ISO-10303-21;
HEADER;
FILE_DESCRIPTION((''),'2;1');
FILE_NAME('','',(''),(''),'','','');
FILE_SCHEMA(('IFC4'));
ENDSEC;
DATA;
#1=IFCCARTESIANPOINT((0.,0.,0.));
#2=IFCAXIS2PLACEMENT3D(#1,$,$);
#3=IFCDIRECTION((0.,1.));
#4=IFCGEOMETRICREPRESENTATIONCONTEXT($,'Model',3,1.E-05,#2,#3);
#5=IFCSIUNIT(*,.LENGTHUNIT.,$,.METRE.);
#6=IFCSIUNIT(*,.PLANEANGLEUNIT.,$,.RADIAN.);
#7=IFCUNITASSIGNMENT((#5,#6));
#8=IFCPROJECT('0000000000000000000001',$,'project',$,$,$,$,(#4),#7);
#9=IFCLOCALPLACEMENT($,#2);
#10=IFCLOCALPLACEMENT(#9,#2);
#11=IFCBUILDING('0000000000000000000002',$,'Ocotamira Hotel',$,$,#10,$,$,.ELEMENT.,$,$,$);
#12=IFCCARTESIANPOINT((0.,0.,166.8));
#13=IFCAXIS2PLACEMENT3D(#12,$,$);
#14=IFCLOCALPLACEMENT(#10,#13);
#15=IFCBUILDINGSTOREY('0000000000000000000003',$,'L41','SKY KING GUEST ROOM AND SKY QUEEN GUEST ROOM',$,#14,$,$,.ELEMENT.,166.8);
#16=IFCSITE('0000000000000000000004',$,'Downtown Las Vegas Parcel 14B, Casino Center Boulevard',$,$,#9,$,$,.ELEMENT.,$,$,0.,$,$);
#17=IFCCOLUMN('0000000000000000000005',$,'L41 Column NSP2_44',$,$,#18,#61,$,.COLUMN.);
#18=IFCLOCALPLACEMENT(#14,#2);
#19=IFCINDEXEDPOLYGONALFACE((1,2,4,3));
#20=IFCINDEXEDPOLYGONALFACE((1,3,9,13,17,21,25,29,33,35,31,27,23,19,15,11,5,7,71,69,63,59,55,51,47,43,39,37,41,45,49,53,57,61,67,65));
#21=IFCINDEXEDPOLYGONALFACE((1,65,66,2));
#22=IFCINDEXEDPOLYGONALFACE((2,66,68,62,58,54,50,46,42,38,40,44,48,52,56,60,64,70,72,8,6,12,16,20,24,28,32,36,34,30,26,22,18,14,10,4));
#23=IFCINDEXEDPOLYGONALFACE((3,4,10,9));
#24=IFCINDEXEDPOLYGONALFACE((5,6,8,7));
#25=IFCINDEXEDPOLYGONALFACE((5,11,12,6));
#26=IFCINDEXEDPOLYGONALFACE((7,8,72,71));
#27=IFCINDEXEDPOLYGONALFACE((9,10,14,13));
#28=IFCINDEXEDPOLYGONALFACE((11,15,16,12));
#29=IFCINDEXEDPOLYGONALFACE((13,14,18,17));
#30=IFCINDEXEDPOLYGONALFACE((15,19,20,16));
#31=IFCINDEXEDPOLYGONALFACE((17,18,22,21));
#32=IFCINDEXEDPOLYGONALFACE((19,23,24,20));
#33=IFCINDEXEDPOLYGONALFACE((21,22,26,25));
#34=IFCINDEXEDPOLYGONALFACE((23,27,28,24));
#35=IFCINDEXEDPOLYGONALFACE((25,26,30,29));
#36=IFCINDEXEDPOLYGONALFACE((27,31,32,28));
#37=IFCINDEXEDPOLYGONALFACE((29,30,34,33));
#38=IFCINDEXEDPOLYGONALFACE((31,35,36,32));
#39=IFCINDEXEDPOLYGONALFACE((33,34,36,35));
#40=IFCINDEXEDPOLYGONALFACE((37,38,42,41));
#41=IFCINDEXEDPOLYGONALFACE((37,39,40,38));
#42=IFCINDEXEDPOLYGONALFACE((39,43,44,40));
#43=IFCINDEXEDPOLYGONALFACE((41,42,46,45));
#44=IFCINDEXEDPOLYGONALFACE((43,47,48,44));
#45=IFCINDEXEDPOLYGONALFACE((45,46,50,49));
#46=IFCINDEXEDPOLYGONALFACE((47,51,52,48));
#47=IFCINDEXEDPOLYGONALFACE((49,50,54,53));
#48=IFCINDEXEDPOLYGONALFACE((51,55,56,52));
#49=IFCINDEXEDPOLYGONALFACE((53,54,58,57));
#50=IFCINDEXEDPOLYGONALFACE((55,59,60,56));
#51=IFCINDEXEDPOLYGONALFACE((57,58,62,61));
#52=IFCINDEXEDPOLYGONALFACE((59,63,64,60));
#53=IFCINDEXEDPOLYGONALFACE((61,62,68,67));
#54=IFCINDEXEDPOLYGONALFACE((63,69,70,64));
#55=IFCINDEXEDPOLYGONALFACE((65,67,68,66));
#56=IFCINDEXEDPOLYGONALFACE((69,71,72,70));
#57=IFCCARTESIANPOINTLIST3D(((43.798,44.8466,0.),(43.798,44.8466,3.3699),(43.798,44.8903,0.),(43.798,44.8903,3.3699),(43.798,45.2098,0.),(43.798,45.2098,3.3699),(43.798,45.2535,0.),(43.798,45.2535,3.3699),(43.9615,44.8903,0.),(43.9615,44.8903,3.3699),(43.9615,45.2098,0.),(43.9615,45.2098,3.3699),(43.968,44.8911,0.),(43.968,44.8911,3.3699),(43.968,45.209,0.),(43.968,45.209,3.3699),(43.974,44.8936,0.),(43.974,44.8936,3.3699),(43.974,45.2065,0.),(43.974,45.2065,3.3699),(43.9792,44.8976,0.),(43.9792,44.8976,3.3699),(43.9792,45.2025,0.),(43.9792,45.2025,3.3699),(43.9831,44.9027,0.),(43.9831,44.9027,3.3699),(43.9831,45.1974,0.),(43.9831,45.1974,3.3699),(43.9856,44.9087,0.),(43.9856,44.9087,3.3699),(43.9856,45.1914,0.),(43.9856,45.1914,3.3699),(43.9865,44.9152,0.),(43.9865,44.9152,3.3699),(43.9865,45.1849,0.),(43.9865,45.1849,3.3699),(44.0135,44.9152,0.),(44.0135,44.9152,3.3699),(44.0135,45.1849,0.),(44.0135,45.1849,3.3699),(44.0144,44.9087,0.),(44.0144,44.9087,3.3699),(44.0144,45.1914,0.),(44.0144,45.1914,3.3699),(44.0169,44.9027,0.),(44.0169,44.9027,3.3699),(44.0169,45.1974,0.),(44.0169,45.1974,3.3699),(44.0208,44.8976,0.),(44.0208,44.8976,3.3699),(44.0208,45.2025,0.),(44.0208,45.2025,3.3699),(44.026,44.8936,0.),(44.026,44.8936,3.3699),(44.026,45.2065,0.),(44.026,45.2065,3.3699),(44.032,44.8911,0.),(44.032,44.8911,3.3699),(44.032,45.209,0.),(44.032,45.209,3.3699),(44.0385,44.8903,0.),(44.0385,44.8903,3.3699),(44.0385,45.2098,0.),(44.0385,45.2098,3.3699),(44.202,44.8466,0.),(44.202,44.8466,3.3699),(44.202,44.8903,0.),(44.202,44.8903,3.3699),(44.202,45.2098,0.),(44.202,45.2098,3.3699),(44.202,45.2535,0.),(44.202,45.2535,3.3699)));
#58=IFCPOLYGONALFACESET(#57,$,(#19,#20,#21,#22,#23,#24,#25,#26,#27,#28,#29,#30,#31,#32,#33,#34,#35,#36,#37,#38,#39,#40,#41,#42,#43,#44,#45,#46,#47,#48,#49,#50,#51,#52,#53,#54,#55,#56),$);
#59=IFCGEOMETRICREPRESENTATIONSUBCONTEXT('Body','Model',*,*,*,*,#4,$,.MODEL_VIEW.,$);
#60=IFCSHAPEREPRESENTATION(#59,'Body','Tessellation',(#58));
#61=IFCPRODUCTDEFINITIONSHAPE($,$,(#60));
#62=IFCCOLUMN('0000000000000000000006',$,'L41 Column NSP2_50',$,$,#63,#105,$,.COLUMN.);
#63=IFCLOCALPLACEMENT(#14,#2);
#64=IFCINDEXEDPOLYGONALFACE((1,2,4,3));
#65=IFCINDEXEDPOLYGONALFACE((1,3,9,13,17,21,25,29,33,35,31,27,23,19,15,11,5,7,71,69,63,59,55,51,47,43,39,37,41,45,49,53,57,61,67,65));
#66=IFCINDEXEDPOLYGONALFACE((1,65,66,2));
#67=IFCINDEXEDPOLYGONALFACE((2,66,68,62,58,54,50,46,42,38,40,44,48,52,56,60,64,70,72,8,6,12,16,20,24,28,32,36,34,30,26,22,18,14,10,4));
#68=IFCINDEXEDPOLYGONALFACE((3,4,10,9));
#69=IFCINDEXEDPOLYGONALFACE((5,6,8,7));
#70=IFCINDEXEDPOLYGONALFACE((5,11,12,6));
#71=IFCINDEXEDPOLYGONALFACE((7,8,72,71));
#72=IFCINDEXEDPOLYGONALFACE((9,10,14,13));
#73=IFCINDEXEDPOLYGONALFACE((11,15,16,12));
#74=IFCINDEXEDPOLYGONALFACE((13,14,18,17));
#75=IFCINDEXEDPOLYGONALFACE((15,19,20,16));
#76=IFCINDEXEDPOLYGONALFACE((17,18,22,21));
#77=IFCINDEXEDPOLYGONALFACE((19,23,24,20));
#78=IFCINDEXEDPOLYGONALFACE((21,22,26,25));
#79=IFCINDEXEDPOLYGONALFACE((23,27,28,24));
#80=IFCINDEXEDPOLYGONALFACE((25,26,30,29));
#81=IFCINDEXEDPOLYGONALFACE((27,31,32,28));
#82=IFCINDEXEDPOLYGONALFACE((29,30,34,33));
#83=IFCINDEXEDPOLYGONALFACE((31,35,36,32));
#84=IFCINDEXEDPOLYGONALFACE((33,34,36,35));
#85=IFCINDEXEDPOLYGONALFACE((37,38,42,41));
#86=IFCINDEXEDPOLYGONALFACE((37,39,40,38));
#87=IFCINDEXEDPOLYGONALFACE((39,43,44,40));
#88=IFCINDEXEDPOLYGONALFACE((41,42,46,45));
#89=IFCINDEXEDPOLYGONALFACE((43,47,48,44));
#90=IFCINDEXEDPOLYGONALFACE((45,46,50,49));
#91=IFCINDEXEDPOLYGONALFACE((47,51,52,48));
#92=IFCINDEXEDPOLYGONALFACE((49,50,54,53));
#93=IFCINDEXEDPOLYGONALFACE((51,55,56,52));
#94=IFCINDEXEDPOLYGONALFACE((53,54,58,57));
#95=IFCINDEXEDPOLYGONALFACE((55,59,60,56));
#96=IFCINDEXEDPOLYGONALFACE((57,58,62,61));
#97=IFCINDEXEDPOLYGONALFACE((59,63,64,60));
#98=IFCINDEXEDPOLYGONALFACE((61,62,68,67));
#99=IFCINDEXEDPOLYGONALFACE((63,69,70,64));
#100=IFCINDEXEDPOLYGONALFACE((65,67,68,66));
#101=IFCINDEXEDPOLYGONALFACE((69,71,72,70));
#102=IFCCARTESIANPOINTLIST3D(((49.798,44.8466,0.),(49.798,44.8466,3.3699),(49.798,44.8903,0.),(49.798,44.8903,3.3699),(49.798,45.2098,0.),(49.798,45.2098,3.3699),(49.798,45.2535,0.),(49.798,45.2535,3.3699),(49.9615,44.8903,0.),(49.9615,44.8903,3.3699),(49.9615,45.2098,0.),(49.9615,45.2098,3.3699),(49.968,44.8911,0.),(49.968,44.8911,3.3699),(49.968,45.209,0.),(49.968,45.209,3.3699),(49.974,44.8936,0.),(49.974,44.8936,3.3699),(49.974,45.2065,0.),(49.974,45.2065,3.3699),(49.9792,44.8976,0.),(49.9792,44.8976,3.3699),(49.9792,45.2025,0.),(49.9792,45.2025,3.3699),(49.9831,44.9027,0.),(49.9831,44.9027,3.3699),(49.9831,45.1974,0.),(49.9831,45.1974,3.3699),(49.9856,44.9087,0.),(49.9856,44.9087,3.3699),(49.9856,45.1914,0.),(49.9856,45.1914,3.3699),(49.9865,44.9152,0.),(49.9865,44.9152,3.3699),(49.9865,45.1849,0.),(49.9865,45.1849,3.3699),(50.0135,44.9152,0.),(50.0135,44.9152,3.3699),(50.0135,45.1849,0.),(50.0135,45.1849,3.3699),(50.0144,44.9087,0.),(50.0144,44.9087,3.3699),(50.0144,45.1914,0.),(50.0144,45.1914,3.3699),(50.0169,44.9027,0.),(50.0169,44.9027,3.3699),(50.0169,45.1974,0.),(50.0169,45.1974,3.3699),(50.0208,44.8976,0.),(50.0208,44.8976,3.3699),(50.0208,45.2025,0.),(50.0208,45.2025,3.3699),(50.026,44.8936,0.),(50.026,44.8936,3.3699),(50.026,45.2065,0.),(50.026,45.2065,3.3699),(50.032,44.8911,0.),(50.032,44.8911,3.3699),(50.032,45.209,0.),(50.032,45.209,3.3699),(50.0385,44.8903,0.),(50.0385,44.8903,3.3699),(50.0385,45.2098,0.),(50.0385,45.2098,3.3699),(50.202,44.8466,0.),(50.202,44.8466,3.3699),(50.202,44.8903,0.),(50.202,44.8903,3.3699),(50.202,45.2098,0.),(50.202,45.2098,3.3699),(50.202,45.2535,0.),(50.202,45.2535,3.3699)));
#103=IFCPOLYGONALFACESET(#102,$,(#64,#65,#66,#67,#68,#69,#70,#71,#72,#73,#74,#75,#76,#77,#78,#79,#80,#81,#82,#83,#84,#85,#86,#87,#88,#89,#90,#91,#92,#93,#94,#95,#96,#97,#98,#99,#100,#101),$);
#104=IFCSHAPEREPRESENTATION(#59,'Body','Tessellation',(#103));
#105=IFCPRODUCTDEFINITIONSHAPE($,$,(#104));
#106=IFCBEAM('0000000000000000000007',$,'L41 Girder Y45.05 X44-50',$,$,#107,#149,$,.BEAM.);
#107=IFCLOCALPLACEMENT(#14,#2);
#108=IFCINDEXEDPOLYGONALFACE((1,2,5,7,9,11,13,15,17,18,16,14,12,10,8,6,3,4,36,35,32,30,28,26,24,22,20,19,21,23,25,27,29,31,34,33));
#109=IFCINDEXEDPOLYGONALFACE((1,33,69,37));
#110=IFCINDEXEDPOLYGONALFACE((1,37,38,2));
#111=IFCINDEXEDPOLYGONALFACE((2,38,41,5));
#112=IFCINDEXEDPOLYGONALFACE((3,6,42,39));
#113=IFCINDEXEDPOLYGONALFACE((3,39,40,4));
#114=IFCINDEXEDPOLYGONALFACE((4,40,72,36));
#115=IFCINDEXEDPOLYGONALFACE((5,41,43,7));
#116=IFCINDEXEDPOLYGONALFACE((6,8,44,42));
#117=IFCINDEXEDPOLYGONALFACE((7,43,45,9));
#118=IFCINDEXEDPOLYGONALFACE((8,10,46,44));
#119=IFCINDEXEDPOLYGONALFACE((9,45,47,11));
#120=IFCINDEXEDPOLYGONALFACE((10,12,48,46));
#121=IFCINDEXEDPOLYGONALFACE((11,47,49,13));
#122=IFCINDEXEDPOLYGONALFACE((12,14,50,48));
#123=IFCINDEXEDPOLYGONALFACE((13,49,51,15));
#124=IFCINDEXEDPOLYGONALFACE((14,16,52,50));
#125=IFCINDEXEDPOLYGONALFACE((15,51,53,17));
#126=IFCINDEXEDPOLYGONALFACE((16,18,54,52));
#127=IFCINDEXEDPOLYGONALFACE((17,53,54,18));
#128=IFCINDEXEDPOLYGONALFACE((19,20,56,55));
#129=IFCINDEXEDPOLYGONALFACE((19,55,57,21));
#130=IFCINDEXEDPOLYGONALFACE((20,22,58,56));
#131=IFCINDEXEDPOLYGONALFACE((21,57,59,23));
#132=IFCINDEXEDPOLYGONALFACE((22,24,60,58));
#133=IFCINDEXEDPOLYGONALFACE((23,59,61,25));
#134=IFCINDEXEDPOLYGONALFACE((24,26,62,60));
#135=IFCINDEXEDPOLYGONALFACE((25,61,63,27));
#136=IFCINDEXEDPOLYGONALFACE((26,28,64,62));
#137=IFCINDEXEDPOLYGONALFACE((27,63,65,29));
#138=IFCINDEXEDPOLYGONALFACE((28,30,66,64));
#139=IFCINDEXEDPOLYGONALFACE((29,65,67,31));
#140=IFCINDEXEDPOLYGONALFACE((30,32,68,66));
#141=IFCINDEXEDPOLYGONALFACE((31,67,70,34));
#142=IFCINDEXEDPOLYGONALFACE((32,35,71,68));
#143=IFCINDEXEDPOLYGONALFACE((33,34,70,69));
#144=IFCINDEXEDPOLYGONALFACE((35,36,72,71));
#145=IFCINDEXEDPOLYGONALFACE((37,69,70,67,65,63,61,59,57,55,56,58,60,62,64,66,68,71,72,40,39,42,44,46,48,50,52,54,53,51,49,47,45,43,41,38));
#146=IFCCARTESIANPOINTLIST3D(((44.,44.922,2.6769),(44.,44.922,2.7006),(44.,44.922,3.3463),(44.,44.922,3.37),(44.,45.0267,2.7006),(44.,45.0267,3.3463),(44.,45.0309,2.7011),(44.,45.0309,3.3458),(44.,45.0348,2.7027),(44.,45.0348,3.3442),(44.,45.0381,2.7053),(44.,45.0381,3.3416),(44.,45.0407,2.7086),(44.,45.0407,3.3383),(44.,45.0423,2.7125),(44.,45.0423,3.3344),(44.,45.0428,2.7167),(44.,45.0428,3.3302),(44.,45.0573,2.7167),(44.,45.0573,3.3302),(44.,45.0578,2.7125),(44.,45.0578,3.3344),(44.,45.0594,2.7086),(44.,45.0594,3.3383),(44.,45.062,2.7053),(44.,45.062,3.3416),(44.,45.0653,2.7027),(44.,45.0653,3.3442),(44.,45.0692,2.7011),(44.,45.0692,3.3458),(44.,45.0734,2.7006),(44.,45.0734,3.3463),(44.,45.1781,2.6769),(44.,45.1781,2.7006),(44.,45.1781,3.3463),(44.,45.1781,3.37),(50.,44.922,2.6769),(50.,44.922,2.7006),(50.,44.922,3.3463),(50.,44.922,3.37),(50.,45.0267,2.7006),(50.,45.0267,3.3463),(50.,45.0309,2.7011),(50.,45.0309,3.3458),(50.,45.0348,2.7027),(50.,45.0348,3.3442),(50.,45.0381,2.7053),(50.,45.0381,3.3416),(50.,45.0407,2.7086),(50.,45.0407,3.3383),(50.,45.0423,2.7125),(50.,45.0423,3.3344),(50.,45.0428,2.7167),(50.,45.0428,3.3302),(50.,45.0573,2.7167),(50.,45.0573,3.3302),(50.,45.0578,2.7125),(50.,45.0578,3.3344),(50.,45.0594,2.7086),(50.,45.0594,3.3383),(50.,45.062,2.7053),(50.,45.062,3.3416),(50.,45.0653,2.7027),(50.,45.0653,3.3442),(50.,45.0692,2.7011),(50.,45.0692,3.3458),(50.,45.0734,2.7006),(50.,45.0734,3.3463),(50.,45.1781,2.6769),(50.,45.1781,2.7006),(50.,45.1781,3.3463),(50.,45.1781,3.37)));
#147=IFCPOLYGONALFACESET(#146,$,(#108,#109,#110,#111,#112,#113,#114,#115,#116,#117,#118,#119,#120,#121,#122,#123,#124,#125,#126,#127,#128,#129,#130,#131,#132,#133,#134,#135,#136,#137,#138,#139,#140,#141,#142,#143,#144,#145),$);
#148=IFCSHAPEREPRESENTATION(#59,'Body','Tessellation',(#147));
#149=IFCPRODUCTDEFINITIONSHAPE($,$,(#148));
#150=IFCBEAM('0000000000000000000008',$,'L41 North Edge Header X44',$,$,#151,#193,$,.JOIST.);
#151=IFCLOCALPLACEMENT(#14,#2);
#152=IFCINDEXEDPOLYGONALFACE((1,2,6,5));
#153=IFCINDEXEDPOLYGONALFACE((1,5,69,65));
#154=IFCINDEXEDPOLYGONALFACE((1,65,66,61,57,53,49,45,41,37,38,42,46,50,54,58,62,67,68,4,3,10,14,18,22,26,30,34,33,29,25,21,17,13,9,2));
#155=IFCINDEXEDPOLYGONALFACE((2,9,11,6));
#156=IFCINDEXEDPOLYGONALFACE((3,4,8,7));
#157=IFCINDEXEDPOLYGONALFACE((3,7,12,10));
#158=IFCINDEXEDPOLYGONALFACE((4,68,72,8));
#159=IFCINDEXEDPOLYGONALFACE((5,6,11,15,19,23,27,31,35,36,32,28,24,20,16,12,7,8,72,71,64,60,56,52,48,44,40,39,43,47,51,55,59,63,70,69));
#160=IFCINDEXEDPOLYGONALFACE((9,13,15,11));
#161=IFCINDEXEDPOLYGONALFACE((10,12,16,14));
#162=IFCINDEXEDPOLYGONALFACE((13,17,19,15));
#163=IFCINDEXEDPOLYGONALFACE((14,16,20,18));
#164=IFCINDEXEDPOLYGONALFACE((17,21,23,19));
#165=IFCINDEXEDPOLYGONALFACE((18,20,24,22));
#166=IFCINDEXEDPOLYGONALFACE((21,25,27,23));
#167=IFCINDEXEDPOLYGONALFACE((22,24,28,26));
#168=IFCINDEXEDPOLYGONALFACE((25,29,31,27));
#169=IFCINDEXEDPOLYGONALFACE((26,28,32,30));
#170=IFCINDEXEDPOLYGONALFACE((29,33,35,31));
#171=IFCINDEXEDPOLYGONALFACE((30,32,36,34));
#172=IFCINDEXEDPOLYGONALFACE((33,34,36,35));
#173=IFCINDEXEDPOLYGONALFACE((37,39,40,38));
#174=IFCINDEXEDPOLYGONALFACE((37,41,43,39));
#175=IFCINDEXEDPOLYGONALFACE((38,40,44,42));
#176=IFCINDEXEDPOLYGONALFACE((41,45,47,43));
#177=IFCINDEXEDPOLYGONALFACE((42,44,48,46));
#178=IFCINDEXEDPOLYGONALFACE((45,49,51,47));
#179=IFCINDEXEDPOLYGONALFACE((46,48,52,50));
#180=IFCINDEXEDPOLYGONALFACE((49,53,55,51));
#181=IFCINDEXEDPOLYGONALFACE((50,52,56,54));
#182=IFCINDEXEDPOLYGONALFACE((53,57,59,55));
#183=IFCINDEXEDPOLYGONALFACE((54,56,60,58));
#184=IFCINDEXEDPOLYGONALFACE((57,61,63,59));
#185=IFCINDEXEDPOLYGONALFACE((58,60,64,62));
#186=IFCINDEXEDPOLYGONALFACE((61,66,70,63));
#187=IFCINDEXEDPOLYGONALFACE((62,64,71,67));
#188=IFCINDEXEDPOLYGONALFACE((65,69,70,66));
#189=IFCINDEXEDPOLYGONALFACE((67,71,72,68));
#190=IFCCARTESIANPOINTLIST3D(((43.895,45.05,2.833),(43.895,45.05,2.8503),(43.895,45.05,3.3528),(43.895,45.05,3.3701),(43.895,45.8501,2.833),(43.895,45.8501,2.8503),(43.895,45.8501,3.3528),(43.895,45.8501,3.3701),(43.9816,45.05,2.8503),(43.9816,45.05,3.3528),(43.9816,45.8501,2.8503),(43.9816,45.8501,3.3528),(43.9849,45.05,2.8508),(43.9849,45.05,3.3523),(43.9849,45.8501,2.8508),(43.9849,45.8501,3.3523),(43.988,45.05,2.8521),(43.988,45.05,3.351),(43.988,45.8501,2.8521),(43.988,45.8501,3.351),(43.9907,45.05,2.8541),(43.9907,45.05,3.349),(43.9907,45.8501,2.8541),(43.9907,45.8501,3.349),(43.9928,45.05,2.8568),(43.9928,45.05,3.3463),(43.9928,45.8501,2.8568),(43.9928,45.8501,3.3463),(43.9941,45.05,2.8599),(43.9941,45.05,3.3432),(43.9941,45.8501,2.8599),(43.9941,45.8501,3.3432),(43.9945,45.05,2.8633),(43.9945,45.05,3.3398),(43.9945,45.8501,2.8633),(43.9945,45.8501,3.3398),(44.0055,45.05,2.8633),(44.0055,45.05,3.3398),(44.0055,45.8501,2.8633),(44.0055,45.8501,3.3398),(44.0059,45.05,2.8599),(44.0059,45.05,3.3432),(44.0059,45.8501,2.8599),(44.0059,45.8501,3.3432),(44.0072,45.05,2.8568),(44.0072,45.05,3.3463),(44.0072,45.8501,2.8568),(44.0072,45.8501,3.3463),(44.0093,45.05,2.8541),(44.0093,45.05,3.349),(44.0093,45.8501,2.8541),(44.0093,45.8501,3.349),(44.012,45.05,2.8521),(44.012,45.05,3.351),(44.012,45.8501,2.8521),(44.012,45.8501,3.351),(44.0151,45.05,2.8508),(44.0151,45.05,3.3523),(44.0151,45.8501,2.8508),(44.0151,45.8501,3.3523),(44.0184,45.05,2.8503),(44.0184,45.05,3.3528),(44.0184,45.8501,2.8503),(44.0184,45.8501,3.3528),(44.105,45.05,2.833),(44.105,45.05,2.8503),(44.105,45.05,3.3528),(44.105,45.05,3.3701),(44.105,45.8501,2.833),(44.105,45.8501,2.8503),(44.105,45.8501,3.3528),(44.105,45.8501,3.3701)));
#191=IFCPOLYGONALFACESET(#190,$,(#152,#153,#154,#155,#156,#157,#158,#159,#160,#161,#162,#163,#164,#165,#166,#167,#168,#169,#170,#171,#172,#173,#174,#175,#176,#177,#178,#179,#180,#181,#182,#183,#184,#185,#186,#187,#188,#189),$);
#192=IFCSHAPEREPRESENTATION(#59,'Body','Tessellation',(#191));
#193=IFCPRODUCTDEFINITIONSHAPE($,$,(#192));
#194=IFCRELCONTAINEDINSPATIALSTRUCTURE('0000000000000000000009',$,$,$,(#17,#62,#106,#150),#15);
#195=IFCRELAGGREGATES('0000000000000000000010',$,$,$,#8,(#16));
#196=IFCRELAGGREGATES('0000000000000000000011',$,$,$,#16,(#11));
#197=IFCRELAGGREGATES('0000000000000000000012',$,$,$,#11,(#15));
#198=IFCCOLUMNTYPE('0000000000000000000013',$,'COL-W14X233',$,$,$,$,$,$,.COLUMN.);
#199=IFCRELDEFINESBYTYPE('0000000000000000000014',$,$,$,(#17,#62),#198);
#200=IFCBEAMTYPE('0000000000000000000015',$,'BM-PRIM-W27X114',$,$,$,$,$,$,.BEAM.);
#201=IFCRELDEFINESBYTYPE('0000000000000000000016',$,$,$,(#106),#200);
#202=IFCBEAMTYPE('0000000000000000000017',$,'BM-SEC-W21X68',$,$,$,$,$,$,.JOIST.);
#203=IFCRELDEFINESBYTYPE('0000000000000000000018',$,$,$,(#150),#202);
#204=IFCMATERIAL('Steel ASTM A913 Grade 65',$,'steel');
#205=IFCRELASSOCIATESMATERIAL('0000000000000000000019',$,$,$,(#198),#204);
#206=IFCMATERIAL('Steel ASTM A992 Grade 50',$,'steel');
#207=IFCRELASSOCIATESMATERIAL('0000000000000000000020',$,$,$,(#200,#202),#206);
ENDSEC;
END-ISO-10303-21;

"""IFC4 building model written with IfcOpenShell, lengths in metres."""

from ifc_helpers import new_model, si_unit, direction, frame, origin, origin_2d, place, context, subcontext, project, spatial, i_section, extrude, source, transform, mapped, material, material_profile, profile_set, type_object, element, save


model = new_model("IFC4")

# Units and contexts
model_context = context("Model", 3, precision=1e-05, world=origin(), true_north=direction((0.0, 1.0)))
body_context = subcontext(model_context, "Body", "Model", "MODEL_VIEW")
ifc_project = project(units=[si_unit("LENGTHUNIT", "METRE"), si_unit("PLANEANGLEUNIT", "RADIAN")], contexts=[model_context])

# Site, building, storey
site_placement = place(None, origin())
site = spatial("IfcSite", under=ifc_project, at=site_placement, Name="Downtown Las Vegas Parcel 14B, Casino Center Boulevard", CompositionType="ELEMENT", RefElevation=0.0)
building_placement = place(site_placement, origin())
building = spatial("IfcBuilding", under=site, at=building_placement, Name="Ocotamira Hotel", CompositionType="ELEMENT")
storey_placement = place(building_placement, frame((0.0, 0.0, 166.8)))
storey = spatial("IfcBuildingStorey", under=building, at=storey_placement, Name="L41", Description="SKY KING GUEST ROOM AND SKY QUEEN GUEST ROOM", CompositionType="ELEMENT", Elevation=166.8)

# Columns
ifc_material_1 = material(Name="Steel ASTM A913 Grade 65", Category="steel")
ifc_material_profile_1 = material_profile(ifc_material_1, i_section(OverallWidth=0.4041, OverallDepth=0.407, WebThickness=0.0271, FlangeThickness=0.0437, FilletRadius=0.0249, at=origin_2d()), Name="W14X233")
ifc_profile_set_1 = profile_set([ifc_material_profile_1], Name="Steel ASTM A913 Grade 65")
column_type = type_object("IfcColumnType", Name="COL-W14X233", PredefinedType="COLUMN", material=ifc_profile_set_1)
shared_shape_1 = source(origin(), body_context, "Body", "SweptSolid", [
    extrude(i_section(OverallWidth=0.4041, OverallDepth=0.407, WebThickness=0.0271, FlangeThickness=0.0437, FilletRadius=0.0249, at=origin_2d()), origin(), (0.0, 0.0, 1.0), 3.3699),
])
for number, where, z_axis, x_axis, name in (
    (1, (44.0, 45.05, 0.0), (0.0, 0.0, 1.0), (1.0, 0.0, 0.0), "L41 Column NSP2_44"),
    (2, (50.0, 45.05, 0.0), (0.0, 0.0, 1.0), (1.0, 0.0, 0.0), "L41 Column NSP2_50"),
):
    element("IfcColumn", number, at=place(storey_placement, frame(where, z_axis=z_axis, x_axis=x_axis)), inside=storey, type_object=column_type, Name=name, PredefinedType="COLUMN", context=body_context, shape_type="MappedRepresentation", body=[
        mapped(shared_shape_1, transform((0.0, 0.0, 0.0), scale=1.0)),
    ])

# Beams
ifc_material_2 = material(Name="Steel ASTM A992 Grade 50", Category="steel")
ifc_material_profile_2 = material_profile(ifc_material_2, i_section(OverallWidth=0.2561, OverallDepth=0.6931, WebThickness=0.0144, FlangeThickness=0.0237, FilletRadius=0.0161, at=origin_2d()), Name="W27X114")
ifc_profile_set_2 = profile_set([ifc_material_profile_2], Name="Steel ASTM A992 Grade 50")
beam_type_1 = type_object("IfcBeamType", Name="BM-PRIM-W27X114", PredefinedType="BEAM", material=ifc_profile_set_2)
shared_shape_2 = source(origin(), body_context, "Body", "SweptSolid", [
    extrude(i_section(OverallWidth=0.2561, OverallDepth=0.6931, WebThickness=0.0144, FlangeThickness=0.0237, FilletRadius=0.0161, at=origin_2d()), origin(), (0.0, 0.0, 1.0), 6.0),
])
beam_1_placement = place(storey_placement, frame((44.0, 45.05, 3.0234), z_axis=(1.0, 0.0, 0.0), x_axis=(0.0, 1.0, 0.0)))
element("IfcBeam", 3, at=beam_1_placement, inside=storey, type_object=beam_type_1, Name="L41 Girder Y45.05 X44-50", PredefinedType="BEAM", context=body_context, shape_type="MappedRepresentation", body=[
    mapped(shared_shape_2, transform((0.0, 0.0, 0.0), scale=1.0)),
])
ifc_material_profile_3 = material_profile(ifc_material_2, i_section(OverallWidth=0.21, OverallDepth=0.5371, WebThickness=0.011, FlangeThickness=0.0173, FilletRadius=0.0129, at=origin_2d()), Name="W21X68")
ifc_profile_set_3 = profile_set([ifc_material_profile_3], Name="Steel ASTM A992 Grade 50")
beam_type_2 = type_object("IfcBeamType", Name="BM-SEC-W21X68", PredefinedType="JOIST", material=ifc_profile_set_3)
shared_shape_3 = source(origin(), body_context, "Body", "SweptSolid", [
    extrude(i_section(OverallWidth=0.21, OverallDepth=0.5371, WebThickness=0.011, FlangeThickness=0.0173, FilletRadius=0.0129, at=origin_2d()), origin(), (0.0, 0.0, 1.0), 0.8),
])
for number, where, z_axis, x_axis, name in (
    (4, (44.0, 45.05, 3.1016), (0.0, 1.0, 0.0), (-1.0, 0.0, 0.0), "L41 North Edge Header X44"),
):
    element("IfcBeam", number, at=place(storey_placement, frame(where, z_axis=z_axis, x_axis=x_axis)), inside=storey, type_object=beam_type_2, Name=name, PredefinedType="JOIST", context=body_context, shape_type="MappedRepresentation", body=[
        mapped(shared_shape_3, transform((0.0, 0.0, 0.0), scale=1.0)),
    ])

save(model, "model.ifc")
